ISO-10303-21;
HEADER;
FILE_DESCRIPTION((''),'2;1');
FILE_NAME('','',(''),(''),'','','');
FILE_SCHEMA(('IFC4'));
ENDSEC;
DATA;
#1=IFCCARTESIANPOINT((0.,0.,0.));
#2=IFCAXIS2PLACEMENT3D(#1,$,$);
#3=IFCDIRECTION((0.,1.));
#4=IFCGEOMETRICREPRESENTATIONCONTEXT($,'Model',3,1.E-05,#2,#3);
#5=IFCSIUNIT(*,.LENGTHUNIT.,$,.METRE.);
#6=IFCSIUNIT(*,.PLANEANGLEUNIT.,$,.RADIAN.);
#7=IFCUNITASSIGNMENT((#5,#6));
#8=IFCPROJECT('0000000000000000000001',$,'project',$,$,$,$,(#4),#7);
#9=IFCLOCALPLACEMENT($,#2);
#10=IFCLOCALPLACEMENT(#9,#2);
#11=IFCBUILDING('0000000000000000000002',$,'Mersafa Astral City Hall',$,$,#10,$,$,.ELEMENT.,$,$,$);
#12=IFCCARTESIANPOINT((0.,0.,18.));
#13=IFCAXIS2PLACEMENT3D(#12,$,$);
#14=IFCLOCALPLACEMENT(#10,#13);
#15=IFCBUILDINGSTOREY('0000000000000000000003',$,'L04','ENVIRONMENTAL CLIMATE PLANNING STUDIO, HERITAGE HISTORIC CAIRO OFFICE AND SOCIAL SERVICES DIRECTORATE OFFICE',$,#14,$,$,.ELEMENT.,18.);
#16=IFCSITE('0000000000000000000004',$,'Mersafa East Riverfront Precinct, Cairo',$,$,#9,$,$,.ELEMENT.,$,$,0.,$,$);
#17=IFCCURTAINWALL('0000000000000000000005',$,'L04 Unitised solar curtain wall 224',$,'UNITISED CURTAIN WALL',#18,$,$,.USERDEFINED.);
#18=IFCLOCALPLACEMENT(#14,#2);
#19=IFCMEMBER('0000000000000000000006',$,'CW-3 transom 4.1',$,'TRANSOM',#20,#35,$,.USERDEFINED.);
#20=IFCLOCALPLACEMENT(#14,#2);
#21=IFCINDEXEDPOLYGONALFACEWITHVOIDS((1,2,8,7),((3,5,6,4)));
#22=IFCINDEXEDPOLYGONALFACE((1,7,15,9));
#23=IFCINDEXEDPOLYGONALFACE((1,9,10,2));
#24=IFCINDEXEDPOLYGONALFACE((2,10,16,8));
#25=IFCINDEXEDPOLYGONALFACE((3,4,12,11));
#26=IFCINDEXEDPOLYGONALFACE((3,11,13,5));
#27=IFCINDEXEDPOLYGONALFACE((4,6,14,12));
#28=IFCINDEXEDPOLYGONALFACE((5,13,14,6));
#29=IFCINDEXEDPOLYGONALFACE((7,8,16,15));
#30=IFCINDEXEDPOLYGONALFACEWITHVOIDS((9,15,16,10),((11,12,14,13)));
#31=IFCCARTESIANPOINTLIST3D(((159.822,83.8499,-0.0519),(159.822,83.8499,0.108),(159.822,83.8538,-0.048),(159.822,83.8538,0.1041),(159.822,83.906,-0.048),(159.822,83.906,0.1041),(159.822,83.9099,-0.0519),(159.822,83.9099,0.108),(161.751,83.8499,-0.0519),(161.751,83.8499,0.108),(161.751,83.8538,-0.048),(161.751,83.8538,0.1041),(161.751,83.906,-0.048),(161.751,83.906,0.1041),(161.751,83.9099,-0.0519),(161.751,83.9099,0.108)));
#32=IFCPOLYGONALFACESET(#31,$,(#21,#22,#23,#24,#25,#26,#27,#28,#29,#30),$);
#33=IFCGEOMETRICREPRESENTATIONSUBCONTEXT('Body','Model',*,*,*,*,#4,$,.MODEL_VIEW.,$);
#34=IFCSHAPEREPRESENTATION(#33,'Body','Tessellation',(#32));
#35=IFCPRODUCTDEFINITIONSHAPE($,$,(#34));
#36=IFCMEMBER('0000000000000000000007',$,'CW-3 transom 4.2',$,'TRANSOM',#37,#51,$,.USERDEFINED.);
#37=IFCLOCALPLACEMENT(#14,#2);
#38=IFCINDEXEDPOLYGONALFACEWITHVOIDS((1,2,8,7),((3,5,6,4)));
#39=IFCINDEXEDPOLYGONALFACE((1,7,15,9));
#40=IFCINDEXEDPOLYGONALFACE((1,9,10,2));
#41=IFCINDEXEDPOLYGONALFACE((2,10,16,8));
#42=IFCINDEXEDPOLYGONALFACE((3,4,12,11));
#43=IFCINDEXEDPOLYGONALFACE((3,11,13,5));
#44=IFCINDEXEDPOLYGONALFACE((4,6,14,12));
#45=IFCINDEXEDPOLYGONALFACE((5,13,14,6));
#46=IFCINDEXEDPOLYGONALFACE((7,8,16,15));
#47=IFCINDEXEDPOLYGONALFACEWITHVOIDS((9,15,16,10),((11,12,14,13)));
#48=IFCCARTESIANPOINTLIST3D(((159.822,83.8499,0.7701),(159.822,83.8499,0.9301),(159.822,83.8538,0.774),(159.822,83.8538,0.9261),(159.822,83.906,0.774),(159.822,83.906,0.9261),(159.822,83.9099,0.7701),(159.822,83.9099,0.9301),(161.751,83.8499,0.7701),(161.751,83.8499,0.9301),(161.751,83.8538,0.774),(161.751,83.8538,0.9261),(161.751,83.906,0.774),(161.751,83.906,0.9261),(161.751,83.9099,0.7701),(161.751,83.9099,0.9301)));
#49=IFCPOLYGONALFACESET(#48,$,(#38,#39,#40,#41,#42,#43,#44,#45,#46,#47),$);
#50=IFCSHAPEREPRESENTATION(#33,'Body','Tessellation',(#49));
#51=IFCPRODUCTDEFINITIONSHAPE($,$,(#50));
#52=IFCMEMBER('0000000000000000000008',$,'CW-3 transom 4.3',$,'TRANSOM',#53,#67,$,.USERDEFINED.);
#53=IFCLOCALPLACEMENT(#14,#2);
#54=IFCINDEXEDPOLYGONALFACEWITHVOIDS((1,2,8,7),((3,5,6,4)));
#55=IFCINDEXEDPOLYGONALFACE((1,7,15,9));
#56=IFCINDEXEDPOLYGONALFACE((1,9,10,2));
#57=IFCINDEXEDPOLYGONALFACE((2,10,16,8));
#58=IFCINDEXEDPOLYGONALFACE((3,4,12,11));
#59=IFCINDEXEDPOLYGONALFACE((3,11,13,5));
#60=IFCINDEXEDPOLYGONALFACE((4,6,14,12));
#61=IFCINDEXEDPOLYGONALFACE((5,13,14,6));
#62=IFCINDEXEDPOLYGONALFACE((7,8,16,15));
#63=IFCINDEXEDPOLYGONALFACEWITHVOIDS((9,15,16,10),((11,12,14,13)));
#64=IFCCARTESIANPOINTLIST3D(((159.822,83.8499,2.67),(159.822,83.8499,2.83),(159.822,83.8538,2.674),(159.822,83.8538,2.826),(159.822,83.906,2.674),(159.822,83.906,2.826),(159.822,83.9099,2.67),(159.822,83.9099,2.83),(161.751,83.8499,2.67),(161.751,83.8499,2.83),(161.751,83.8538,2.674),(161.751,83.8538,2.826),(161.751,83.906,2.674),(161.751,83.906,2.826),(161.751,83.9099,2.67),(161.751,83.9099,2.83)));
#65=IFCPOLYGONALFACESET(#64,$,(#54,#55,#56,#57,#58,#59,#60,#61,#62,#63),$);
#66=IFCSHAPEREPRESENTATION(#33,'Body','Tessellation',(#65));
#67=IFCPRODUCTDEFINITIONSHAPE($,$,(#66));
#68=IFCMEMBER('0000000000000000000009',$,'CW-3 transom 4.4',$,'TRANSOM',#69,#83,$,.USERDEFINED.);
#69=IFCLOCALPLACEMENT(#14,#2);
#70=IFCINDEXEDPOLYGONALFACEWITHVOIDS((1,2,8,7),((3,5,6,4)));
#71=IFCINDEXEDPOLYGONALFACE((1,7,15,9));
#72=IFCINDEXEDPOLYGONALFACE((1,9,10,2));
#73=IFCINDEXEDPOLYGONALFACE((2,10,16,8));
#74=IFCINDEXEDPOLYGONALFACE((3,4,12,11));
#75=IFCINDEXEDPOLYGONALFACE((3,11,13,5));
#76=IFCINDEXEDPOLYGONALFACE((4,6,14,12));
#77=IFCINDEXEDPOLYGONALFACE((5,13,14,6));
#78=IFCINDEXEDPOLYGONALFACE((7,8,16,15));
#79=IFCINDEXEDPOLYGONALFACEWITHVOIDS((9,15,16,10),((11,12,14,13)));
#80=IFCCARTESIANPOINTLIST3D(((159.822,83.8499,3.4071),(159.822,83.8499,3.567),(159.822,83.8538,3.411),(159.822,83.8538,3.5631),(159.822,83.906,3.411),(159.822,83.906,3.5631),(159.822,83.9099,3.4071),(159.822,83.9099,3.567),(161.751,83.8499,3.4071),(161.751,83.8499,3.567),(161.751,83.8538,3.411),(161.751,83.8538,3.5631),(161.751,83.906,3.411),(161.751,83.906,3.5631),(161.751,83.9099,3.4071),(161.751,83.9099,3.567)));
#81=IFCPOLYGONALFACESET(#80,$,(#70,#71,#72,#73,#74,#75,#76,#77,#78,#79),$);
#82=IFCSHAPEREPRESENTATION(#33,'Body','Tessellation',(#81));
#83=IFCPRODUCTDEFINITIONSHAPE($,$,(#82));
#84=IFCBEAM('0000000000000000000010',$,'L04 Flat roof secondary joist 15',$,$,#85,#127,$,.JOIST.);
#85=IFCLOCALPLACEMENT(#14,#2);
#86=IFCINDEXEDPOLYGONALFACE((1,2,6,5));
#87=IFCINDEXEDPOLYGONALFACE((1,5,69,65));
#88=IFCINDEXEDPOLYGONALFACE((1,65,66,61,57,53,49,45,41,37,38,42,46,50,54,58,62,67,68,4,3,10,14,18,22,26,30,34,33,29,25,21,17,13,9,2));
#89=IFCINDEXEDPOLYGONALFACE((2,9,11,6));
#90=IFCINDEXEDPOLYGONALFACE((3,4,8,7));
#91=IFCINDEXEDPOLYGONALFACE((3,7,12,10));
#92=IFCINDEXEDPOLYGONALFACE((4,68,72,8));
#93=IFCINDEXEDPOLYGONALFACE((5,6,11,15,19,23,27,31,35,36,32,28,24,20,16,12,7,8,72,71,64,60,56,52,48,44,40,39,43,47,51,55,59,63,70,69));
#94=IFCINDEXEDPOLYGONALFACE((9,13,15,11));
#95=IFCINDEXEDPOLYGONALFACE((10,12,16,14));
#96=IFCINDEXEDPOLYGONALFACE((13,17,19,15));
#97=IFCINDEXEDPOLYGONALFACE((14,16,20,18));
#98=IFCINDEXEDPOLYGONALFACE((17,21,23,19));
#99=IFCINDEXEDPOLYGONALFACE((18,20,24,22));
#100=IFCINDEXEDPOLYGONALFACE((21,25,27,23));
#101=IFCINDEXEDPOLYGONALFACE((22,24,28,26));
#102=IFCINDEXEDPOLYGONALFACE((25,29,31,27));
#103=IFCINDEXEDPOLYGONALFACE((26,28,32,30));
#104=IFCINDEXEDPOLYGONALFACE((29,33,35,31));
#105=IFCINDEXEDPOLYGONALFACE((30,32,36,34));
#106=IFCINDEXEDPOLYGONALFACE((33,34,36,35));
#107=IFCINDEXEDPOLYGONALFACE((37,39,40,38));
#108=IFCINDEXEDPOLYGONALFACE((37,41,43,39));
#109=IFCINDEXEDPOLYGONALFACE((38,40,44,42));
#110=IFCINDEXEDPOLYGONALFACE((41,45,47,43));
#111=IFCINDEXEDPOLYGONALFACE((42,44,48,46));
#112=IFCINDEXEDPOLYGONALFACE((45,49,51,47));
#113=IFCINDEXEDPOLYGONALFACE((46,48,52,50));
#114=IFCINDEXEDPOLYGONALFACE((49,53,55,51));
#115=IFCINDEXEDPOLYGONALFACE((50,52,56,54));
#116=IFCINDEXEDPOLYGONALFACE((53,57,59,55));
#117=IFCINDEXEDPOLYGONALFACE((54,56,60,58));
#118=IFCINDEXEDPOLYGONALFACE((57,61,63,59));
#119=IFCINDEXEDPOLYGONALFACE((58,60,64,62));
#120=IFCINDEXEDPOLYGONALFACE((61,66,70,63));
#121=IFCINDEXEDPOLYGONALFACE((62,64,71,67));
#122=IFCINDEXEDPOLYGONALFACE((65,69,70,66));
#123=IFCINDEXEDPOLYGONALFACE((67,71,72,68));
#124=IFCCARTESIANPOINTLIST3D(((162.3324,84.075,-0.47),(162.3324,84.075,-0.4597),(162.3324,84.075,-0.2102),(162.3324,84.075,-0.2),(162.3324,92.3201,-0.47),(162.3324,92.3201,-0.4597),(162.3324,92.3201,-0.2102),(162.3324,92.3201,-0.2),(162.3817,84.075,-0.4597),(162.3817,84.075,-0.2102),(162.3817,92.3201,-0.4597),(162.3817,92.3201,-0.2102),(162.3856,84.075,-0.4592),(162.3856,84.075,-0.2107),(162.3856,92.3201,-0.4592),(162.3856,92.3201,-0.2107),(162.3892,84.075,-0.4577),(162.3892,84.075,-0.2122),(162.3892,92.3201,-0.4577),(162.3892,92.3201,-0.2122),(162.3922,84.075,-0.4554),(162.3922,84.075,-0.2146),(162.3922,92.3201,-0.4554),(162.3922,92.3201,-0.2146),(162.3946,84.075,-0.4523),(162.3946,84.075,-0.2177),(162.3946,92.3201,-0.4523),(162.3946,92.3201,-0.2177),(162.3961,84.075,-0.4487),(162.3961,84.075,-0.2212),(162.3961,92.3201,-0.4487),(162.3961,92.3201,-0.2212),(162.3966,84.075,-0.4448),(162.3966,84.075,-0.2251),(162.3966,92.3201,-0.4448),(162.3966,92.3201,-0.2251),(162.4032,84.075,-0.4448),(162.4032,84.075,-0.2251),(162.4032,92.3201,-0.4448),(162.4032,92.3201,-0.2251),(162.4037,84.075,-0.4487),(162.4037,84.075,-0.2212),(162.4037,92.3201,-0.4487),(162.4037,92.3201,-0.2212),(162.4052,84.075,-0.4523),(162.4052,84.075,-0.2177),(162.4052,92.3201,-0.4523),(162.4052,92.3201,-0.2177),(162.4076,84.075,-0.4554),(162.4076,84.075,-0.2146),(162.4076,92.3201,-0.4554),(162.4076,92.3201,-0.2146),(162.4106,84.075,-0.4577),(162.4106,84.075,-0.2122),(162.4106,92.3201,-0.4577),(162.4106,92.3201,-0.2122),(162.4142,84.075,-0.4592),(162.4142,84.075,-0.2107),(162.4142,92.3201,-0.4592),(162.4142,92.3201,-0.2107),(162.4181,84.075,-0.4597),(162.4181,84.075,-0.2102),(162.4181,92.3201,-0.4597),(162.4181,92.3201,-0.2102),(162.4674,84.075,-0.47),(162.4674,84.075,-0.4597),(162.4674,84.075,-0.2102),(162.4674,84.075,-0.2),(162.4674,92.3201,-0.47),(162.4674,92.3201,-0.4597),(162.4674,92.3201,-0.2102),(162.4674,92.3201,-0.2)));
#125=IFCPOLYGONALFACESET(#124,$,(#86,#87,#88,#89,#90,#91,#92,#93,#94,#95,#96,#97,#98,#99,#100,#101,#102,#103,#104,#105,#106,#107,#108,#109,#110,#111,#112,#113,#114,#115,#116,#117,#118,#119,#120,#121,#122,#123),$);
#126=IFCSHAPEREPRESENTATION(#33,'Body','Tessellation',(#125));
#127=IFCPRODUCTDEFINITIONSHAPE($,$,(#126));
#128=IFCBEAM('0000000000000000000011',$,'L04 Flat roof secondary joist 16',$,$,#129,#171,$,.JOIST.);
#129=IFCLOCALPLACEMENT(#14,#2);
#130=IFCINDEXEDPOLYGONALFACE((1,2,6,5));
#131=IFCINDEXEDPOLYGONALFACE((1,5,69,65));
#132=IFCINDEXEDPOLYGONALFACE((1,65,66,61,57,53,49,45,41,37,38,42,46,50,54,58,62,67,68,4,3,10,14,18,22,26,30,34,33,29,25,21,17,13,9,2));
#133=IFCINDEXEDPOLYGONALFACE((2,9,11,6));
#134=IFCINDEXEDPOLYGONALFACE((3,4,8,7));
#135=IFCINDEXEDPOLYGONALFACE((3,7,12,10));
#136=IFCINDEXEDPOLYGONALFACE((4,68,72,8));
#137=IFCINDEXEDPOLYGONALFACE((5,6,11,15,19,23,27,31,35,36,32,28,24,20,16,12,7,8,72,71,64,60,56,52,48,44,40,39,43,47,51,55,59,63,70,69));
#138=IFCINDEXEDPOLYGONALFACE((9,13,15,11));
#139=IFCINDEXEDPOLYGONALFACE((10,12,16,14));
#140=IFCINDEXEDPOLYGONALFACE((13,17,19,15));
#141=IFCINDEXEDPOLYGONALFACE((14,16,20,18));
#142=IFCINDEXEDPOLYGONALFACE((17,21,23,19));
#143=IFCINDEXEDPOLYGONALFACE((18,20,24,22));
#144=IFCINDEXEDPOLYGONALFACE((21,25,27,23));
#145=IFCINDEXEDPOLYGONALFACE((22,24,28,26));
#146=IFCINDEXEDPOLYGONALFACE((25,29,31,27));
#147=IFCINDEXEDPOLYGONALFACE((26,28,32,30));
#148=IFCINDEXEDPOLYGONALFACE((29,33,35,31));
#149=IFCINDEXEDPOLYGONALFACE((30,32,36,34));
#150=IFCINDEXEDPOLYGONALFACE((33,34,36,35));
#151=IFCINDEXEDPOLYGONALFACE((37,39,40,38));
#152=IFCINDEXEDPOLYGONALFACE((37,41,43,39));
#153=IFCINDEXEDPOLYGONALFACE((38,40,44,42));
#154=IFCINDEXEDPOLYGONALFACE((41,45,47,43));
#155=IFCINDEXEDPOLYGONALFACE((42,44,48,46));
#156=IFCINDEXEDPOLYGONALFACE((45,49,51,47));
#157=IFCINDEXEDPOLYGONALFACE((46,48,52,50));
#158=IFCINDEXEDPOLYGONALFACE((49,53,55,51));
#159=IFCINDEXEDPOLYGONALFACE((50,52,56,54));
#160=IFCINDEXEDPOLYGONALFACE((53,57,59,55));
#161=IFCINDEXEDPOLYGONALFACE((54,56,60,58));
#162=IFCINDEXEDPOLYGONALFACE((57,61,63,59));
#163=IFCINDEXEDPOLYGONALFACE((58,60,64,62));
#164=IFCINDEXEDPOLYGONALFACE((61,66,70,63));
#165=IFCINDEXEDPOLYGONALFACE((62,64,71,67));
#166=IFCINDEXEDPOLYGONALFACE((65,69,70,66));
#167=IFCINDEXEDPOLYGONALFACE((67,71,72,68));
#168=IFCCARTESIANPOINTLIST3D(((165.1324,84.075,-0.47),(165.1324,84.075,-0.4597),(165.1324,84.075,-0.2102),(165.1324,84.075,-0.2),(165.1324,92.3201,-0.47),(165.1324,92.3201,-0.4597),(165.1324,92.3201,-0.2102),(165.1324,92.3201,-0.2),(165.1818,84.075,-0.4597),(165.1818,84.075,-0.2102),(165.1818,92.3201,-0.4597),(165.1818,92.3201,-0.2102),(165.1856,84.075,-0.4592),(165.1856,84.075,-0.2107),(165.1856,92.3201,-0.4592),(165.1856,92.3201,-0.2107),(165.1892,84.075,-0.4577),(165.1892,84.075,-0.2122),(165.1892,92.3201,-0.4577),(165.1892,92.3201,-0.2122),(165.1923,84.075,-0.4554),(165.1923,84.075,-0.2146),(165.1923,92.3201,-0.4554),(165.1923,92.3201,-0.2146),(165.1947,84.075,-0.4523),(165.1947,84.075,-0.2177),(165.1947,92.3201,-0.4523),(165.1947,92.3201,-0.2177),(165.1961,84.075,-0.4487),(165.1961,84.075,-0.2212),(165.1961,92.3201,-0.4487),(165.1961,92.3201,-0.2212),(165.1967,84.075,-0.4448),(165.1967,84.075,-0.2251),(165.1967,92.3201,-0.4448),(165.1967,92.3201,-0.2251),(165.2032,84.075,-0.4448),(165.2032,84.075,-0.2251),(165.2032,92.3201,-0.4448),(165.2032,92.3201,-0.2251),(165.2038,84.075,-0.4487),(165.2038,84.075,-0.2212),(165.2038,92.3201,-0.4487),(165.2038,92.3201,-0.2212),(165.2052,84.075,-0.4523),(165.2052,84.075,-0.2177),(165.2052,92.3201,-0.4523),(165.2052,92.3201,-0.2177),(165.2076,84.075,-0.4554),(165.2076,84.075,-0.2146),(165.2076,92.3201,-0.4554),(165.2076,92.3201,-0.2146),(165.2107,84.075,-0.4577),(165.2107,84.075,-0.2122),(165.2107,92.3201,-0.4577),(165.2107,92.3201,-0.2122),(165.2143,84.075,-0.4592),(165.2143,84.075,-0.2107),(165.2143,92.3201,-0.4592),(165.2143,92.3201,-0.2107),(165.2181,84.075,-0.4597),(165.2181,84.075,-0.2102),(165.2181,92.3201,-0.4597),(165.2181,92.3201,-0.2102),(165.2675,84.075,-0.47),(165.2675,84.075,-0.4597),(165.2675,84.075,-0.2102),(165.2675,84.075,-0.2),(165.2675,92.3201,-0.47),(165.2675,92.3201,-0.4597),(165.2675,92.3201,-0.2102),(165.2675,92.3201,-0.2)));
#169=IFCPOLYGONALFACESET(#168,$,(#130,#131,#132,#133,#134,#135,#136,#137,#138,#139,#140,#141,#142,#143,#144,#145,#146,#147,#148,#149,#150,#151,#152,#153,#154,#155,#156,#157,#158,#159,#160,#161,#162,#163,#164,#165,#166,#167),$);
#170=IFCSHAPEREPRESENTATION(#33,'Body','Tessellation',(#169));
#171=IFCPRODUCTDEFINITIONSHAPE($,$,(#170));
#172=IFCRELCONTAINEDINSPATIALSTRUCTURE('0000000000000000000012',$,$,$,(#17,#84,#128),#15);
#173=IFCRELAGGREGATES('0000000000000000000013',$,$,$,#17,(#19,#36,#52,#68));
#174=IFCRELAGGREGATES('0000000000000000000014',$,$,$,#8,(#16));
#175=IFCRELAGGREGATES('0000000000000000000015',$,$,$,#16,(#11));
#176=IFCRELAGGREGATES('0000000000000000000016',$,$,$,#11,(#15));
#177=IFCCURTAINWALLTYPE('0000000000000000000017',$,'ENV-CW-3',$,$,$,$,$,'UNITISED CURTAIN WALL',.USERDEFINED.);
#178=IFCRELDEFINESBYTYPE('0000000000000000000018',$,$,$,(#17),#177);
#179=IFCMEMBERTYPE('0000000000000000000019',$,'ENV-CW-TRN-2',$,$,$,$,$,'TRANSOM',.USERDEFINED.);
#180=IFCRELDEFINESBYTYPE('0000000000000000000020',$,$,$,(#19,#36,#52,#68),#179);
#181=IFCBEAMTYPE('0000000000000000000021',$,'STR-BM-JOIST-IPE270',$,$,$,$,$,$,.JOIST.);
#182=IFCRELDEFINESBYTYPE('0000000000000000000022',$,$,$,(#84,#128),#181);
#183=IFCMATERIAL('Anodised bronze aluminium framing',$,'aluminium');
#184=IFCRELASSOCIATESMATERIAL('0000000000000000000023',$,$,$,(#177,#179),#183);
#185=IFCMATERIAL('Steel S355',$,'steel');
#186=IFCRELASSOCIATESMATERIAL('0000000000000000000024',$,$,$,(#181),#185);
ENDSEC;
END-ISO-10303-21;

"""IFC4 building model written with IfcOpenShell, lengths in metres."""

from ifc_helpers import new_model, si_unit, direction, frame, origin, origin_2d, place, context, subcontext, project, spatial, hollow_rectangle, i_section, extrude, material, material_profile, profile_set, type_object, element, aggregate, save


model = new_model("IFC4")

# Units and contexts
model_context = context("Model", 3, precision=1e-05, world=origin(), true_north=direction((0.0, 1.0)))
body_context = subcontext(model_context, "Body", "Model", "MODEL_VIEW")
ifc_project = project(units=[si_unit("LENGTHUNIT", "METRE"), si_unit("PLANEANGLEUNIT", "RADIAN")], contexts=[model_context])

# Site, building, storey
site_placement = place(None, origin())
site = spatial("IfcSite", under=ifc_project, at=site_placement, Name="Mersafa East Riverfront Precinct, Cairo", CompositionType="ELEMENT", RefElevation=0.0)
building_placement = place(site_placement, origin())
building = spatial("IfcBuilding", under=site, at=building_placement, Name="Mersafa Astral City Hall", CompositionType="ELEMENT")
storey_placement = place(building_placement, frame((0.0, 0.0, 18.0)))
storey = spatial("IfcBuildingStorey", under=building, at=storey_placement, Name="L04", Description="ENVIRONMENTAL CLIMATE PLANNING STUDIO, HERITAGE HISTORIC CAIRO OFFICE AND SOCIAL SERVICES DIRECTORATE OFFICE", CompositionType="ELEMENT", Elevation=18.0)

# Curtain wall, members
ifc_material_1 = material(Name="Anodised bronze aluminium framing", Category="aluminium")
curtain_wall_type = type_object("IfcCurtainWallType", Name="ENV-CW-3", ElementType="UNITISED CURTAIN WALL", PredefinedType="USERDEFINED", material=ifc_material_1)
curtain_wall_placement = place(storey_placement, origin())
curtain_wall = element("IfcCurtainWall", 1, at=curtain_wall_placement, inside=storey, type_object=curtain_wall_type, Name="L04 Unitised solar curtain wall 224", ObjectType="UNITISED CURTAIN WALL", PredefinedType="USERDEFINED")
ifc_material_profile_1 = material_profile(ifc_material_1, hollow_rectangle(XDim=0.0601, YDim=0.1599, WallThickness=0.0039, at=origin_2d()), Name="RHS 60x160x4")
ifc_profile_set_1 = profile_set([ifc_material_profile_1], Name="Anodised bronze aluminium framing")
member_type_1 = type_object("IfcMemberType", Name="ENV-CW-TRN-2", ElementType="TRANSOM", PredefinedType="USERDEFINED", material=ifc_profile_set_1)
member_1_placement = place(storey_placement, frame((161.751, 83.8799, 0.0281), z_axis=(-1.0, 0.0, 0.0), x_axis=(0.0, -1.0, 0.0)))
member_1 = element("IfcMember", 2, at=member_1_placement, type_object=member_type_1, Name="CW-3 transom 4.1", ObjectType="TRANSOM", PredefinedType="USERDEFINED", context=body_context, shape_type="SweptSolid", body=[
    extrude(hollow_rectangle(XDim=0.0601, YDim=0.1599, WallThickness=0.0039, at=origin_2d()), origin(), (0.0, 0.0, 1.0), 1.929),
])
member_2_placement = place(storey_placement, frame((161.751, 83.8799, 0.8501), z_axis=(-1.0, 0.0, 0.0), x_axis=(0.0, -1.0, 0.0)))
member_2 = element("IfcMember", 3, at=member_2_placement, type_object=member_type_1, Name="CW-3 transom 4.2", ObjectType="TRANSOM", PredefinedType="USERDEFINED", context=body_context, shape_type="SweptSolid", body=[
    extrude(hollow_rectangle(XDim=0.0601, YDim=0.1599, WallThickness=0.0039, at=origin_2d()), origin(), (0.0, 0.0, 1.0), 1.929),
])
member_3_placement = place(storey_placement, frame((161.751, 83.8799, 2.75), z_axis=(-1.0, 0.0, 0.0), x_axis=(0.0, -1.0, 0.0)))
member_3 = element("IfcMember", 4, at=member_3_placement, type_object=member_type_1, Name="CW-3 transom 4.3", ObjectType="TRANSOM", PredefinedType="USERDEFINED", context=body_context, shape_type="SweptSolid", body=[
    extrude(hollow_rectangle(XDim=0.0601, YDim=0.1599, WallThickness=0.0039, at=origin_2d()), origin(), (0.0, 0.0, 1.0), 1.929),
])
member_4_placement = place(storey_placement, frame((161.751, 83.8799, 3.4871), z_axis=(-1.0, 0.0, 0.0), x_axis=(0.0, -1.0, 0.0)))
member_4 = element("IfcMember", 5, at=member_4_placement, type_object=member_type_1, Name="CW-3 transom 4.4", ObjectType="TRANSOM", PredefinedType="USERDEFINED", context=body_context, shape_type="SweptSolid", body=[
    extrude(hollow_rectangle(XDim=0.0601, YDim=0.1599, WallThickness=0.0039, at=origin_2d()), origin(), (0.0, 0.0, 1.0), 1.929),
])

# Beams
ifc_material_2 = material(Name="Steel S355", Category="steel")
ifc_material_profile_2 = material_profile(ifc_material_2, i_section(OverallWidth=0.135, OverallDepth=0.27, WebThickness=0.0066, FlangeThickness=0.0103, FilletRadius=0.0149, at=origin_2d()), Name="IPE 270")
ifc_profile_set_2 = profile_set([ifc_material_profile_2], Name="Steel S355")
beam_type = type_object("IfcBeamType", Name="STR-BM-JOIST-IPE270", PredefinedType="JOIST", material=ifc_profile_set_2)
for number, where, z_axis, x_axis, name in (
    (6, (162.3999, 84.075, -0.335), (0.0, 1.0, 0.0), (-1.0, 0.0, 0.0), "L04 Flat roof secondary joist 15"),
    (7, (165.2, 84.075, -0.335), (0.0, 1.0, 0.0), (-1.0, 0.0, 0.0), "L04 Flat roof secondary joist 16"),
):
    element("IfcBeam", number, at=place(storey_placement, frame(where, z_axis=z_axis, x_axis=x_axis)), inside=storey, type_object=beam_type, Name=name, PredefinedType="JOIST", context=body_context, shape_type="SweptSolid", body=[
        extrude(i_section(OverallWidth=0.135, OverallDepth=0.27, WebThickness=0.0066, FlangeThickness=0.0103, FilletRadius=0.0149, at=origin_2d()), origin(), (0.0, 0.0, 1.0), 8.2451),
    ])

aggregate(curtain_wall, [member_1, member_2, member_3, member_4])

save(model, "model.ifc")
